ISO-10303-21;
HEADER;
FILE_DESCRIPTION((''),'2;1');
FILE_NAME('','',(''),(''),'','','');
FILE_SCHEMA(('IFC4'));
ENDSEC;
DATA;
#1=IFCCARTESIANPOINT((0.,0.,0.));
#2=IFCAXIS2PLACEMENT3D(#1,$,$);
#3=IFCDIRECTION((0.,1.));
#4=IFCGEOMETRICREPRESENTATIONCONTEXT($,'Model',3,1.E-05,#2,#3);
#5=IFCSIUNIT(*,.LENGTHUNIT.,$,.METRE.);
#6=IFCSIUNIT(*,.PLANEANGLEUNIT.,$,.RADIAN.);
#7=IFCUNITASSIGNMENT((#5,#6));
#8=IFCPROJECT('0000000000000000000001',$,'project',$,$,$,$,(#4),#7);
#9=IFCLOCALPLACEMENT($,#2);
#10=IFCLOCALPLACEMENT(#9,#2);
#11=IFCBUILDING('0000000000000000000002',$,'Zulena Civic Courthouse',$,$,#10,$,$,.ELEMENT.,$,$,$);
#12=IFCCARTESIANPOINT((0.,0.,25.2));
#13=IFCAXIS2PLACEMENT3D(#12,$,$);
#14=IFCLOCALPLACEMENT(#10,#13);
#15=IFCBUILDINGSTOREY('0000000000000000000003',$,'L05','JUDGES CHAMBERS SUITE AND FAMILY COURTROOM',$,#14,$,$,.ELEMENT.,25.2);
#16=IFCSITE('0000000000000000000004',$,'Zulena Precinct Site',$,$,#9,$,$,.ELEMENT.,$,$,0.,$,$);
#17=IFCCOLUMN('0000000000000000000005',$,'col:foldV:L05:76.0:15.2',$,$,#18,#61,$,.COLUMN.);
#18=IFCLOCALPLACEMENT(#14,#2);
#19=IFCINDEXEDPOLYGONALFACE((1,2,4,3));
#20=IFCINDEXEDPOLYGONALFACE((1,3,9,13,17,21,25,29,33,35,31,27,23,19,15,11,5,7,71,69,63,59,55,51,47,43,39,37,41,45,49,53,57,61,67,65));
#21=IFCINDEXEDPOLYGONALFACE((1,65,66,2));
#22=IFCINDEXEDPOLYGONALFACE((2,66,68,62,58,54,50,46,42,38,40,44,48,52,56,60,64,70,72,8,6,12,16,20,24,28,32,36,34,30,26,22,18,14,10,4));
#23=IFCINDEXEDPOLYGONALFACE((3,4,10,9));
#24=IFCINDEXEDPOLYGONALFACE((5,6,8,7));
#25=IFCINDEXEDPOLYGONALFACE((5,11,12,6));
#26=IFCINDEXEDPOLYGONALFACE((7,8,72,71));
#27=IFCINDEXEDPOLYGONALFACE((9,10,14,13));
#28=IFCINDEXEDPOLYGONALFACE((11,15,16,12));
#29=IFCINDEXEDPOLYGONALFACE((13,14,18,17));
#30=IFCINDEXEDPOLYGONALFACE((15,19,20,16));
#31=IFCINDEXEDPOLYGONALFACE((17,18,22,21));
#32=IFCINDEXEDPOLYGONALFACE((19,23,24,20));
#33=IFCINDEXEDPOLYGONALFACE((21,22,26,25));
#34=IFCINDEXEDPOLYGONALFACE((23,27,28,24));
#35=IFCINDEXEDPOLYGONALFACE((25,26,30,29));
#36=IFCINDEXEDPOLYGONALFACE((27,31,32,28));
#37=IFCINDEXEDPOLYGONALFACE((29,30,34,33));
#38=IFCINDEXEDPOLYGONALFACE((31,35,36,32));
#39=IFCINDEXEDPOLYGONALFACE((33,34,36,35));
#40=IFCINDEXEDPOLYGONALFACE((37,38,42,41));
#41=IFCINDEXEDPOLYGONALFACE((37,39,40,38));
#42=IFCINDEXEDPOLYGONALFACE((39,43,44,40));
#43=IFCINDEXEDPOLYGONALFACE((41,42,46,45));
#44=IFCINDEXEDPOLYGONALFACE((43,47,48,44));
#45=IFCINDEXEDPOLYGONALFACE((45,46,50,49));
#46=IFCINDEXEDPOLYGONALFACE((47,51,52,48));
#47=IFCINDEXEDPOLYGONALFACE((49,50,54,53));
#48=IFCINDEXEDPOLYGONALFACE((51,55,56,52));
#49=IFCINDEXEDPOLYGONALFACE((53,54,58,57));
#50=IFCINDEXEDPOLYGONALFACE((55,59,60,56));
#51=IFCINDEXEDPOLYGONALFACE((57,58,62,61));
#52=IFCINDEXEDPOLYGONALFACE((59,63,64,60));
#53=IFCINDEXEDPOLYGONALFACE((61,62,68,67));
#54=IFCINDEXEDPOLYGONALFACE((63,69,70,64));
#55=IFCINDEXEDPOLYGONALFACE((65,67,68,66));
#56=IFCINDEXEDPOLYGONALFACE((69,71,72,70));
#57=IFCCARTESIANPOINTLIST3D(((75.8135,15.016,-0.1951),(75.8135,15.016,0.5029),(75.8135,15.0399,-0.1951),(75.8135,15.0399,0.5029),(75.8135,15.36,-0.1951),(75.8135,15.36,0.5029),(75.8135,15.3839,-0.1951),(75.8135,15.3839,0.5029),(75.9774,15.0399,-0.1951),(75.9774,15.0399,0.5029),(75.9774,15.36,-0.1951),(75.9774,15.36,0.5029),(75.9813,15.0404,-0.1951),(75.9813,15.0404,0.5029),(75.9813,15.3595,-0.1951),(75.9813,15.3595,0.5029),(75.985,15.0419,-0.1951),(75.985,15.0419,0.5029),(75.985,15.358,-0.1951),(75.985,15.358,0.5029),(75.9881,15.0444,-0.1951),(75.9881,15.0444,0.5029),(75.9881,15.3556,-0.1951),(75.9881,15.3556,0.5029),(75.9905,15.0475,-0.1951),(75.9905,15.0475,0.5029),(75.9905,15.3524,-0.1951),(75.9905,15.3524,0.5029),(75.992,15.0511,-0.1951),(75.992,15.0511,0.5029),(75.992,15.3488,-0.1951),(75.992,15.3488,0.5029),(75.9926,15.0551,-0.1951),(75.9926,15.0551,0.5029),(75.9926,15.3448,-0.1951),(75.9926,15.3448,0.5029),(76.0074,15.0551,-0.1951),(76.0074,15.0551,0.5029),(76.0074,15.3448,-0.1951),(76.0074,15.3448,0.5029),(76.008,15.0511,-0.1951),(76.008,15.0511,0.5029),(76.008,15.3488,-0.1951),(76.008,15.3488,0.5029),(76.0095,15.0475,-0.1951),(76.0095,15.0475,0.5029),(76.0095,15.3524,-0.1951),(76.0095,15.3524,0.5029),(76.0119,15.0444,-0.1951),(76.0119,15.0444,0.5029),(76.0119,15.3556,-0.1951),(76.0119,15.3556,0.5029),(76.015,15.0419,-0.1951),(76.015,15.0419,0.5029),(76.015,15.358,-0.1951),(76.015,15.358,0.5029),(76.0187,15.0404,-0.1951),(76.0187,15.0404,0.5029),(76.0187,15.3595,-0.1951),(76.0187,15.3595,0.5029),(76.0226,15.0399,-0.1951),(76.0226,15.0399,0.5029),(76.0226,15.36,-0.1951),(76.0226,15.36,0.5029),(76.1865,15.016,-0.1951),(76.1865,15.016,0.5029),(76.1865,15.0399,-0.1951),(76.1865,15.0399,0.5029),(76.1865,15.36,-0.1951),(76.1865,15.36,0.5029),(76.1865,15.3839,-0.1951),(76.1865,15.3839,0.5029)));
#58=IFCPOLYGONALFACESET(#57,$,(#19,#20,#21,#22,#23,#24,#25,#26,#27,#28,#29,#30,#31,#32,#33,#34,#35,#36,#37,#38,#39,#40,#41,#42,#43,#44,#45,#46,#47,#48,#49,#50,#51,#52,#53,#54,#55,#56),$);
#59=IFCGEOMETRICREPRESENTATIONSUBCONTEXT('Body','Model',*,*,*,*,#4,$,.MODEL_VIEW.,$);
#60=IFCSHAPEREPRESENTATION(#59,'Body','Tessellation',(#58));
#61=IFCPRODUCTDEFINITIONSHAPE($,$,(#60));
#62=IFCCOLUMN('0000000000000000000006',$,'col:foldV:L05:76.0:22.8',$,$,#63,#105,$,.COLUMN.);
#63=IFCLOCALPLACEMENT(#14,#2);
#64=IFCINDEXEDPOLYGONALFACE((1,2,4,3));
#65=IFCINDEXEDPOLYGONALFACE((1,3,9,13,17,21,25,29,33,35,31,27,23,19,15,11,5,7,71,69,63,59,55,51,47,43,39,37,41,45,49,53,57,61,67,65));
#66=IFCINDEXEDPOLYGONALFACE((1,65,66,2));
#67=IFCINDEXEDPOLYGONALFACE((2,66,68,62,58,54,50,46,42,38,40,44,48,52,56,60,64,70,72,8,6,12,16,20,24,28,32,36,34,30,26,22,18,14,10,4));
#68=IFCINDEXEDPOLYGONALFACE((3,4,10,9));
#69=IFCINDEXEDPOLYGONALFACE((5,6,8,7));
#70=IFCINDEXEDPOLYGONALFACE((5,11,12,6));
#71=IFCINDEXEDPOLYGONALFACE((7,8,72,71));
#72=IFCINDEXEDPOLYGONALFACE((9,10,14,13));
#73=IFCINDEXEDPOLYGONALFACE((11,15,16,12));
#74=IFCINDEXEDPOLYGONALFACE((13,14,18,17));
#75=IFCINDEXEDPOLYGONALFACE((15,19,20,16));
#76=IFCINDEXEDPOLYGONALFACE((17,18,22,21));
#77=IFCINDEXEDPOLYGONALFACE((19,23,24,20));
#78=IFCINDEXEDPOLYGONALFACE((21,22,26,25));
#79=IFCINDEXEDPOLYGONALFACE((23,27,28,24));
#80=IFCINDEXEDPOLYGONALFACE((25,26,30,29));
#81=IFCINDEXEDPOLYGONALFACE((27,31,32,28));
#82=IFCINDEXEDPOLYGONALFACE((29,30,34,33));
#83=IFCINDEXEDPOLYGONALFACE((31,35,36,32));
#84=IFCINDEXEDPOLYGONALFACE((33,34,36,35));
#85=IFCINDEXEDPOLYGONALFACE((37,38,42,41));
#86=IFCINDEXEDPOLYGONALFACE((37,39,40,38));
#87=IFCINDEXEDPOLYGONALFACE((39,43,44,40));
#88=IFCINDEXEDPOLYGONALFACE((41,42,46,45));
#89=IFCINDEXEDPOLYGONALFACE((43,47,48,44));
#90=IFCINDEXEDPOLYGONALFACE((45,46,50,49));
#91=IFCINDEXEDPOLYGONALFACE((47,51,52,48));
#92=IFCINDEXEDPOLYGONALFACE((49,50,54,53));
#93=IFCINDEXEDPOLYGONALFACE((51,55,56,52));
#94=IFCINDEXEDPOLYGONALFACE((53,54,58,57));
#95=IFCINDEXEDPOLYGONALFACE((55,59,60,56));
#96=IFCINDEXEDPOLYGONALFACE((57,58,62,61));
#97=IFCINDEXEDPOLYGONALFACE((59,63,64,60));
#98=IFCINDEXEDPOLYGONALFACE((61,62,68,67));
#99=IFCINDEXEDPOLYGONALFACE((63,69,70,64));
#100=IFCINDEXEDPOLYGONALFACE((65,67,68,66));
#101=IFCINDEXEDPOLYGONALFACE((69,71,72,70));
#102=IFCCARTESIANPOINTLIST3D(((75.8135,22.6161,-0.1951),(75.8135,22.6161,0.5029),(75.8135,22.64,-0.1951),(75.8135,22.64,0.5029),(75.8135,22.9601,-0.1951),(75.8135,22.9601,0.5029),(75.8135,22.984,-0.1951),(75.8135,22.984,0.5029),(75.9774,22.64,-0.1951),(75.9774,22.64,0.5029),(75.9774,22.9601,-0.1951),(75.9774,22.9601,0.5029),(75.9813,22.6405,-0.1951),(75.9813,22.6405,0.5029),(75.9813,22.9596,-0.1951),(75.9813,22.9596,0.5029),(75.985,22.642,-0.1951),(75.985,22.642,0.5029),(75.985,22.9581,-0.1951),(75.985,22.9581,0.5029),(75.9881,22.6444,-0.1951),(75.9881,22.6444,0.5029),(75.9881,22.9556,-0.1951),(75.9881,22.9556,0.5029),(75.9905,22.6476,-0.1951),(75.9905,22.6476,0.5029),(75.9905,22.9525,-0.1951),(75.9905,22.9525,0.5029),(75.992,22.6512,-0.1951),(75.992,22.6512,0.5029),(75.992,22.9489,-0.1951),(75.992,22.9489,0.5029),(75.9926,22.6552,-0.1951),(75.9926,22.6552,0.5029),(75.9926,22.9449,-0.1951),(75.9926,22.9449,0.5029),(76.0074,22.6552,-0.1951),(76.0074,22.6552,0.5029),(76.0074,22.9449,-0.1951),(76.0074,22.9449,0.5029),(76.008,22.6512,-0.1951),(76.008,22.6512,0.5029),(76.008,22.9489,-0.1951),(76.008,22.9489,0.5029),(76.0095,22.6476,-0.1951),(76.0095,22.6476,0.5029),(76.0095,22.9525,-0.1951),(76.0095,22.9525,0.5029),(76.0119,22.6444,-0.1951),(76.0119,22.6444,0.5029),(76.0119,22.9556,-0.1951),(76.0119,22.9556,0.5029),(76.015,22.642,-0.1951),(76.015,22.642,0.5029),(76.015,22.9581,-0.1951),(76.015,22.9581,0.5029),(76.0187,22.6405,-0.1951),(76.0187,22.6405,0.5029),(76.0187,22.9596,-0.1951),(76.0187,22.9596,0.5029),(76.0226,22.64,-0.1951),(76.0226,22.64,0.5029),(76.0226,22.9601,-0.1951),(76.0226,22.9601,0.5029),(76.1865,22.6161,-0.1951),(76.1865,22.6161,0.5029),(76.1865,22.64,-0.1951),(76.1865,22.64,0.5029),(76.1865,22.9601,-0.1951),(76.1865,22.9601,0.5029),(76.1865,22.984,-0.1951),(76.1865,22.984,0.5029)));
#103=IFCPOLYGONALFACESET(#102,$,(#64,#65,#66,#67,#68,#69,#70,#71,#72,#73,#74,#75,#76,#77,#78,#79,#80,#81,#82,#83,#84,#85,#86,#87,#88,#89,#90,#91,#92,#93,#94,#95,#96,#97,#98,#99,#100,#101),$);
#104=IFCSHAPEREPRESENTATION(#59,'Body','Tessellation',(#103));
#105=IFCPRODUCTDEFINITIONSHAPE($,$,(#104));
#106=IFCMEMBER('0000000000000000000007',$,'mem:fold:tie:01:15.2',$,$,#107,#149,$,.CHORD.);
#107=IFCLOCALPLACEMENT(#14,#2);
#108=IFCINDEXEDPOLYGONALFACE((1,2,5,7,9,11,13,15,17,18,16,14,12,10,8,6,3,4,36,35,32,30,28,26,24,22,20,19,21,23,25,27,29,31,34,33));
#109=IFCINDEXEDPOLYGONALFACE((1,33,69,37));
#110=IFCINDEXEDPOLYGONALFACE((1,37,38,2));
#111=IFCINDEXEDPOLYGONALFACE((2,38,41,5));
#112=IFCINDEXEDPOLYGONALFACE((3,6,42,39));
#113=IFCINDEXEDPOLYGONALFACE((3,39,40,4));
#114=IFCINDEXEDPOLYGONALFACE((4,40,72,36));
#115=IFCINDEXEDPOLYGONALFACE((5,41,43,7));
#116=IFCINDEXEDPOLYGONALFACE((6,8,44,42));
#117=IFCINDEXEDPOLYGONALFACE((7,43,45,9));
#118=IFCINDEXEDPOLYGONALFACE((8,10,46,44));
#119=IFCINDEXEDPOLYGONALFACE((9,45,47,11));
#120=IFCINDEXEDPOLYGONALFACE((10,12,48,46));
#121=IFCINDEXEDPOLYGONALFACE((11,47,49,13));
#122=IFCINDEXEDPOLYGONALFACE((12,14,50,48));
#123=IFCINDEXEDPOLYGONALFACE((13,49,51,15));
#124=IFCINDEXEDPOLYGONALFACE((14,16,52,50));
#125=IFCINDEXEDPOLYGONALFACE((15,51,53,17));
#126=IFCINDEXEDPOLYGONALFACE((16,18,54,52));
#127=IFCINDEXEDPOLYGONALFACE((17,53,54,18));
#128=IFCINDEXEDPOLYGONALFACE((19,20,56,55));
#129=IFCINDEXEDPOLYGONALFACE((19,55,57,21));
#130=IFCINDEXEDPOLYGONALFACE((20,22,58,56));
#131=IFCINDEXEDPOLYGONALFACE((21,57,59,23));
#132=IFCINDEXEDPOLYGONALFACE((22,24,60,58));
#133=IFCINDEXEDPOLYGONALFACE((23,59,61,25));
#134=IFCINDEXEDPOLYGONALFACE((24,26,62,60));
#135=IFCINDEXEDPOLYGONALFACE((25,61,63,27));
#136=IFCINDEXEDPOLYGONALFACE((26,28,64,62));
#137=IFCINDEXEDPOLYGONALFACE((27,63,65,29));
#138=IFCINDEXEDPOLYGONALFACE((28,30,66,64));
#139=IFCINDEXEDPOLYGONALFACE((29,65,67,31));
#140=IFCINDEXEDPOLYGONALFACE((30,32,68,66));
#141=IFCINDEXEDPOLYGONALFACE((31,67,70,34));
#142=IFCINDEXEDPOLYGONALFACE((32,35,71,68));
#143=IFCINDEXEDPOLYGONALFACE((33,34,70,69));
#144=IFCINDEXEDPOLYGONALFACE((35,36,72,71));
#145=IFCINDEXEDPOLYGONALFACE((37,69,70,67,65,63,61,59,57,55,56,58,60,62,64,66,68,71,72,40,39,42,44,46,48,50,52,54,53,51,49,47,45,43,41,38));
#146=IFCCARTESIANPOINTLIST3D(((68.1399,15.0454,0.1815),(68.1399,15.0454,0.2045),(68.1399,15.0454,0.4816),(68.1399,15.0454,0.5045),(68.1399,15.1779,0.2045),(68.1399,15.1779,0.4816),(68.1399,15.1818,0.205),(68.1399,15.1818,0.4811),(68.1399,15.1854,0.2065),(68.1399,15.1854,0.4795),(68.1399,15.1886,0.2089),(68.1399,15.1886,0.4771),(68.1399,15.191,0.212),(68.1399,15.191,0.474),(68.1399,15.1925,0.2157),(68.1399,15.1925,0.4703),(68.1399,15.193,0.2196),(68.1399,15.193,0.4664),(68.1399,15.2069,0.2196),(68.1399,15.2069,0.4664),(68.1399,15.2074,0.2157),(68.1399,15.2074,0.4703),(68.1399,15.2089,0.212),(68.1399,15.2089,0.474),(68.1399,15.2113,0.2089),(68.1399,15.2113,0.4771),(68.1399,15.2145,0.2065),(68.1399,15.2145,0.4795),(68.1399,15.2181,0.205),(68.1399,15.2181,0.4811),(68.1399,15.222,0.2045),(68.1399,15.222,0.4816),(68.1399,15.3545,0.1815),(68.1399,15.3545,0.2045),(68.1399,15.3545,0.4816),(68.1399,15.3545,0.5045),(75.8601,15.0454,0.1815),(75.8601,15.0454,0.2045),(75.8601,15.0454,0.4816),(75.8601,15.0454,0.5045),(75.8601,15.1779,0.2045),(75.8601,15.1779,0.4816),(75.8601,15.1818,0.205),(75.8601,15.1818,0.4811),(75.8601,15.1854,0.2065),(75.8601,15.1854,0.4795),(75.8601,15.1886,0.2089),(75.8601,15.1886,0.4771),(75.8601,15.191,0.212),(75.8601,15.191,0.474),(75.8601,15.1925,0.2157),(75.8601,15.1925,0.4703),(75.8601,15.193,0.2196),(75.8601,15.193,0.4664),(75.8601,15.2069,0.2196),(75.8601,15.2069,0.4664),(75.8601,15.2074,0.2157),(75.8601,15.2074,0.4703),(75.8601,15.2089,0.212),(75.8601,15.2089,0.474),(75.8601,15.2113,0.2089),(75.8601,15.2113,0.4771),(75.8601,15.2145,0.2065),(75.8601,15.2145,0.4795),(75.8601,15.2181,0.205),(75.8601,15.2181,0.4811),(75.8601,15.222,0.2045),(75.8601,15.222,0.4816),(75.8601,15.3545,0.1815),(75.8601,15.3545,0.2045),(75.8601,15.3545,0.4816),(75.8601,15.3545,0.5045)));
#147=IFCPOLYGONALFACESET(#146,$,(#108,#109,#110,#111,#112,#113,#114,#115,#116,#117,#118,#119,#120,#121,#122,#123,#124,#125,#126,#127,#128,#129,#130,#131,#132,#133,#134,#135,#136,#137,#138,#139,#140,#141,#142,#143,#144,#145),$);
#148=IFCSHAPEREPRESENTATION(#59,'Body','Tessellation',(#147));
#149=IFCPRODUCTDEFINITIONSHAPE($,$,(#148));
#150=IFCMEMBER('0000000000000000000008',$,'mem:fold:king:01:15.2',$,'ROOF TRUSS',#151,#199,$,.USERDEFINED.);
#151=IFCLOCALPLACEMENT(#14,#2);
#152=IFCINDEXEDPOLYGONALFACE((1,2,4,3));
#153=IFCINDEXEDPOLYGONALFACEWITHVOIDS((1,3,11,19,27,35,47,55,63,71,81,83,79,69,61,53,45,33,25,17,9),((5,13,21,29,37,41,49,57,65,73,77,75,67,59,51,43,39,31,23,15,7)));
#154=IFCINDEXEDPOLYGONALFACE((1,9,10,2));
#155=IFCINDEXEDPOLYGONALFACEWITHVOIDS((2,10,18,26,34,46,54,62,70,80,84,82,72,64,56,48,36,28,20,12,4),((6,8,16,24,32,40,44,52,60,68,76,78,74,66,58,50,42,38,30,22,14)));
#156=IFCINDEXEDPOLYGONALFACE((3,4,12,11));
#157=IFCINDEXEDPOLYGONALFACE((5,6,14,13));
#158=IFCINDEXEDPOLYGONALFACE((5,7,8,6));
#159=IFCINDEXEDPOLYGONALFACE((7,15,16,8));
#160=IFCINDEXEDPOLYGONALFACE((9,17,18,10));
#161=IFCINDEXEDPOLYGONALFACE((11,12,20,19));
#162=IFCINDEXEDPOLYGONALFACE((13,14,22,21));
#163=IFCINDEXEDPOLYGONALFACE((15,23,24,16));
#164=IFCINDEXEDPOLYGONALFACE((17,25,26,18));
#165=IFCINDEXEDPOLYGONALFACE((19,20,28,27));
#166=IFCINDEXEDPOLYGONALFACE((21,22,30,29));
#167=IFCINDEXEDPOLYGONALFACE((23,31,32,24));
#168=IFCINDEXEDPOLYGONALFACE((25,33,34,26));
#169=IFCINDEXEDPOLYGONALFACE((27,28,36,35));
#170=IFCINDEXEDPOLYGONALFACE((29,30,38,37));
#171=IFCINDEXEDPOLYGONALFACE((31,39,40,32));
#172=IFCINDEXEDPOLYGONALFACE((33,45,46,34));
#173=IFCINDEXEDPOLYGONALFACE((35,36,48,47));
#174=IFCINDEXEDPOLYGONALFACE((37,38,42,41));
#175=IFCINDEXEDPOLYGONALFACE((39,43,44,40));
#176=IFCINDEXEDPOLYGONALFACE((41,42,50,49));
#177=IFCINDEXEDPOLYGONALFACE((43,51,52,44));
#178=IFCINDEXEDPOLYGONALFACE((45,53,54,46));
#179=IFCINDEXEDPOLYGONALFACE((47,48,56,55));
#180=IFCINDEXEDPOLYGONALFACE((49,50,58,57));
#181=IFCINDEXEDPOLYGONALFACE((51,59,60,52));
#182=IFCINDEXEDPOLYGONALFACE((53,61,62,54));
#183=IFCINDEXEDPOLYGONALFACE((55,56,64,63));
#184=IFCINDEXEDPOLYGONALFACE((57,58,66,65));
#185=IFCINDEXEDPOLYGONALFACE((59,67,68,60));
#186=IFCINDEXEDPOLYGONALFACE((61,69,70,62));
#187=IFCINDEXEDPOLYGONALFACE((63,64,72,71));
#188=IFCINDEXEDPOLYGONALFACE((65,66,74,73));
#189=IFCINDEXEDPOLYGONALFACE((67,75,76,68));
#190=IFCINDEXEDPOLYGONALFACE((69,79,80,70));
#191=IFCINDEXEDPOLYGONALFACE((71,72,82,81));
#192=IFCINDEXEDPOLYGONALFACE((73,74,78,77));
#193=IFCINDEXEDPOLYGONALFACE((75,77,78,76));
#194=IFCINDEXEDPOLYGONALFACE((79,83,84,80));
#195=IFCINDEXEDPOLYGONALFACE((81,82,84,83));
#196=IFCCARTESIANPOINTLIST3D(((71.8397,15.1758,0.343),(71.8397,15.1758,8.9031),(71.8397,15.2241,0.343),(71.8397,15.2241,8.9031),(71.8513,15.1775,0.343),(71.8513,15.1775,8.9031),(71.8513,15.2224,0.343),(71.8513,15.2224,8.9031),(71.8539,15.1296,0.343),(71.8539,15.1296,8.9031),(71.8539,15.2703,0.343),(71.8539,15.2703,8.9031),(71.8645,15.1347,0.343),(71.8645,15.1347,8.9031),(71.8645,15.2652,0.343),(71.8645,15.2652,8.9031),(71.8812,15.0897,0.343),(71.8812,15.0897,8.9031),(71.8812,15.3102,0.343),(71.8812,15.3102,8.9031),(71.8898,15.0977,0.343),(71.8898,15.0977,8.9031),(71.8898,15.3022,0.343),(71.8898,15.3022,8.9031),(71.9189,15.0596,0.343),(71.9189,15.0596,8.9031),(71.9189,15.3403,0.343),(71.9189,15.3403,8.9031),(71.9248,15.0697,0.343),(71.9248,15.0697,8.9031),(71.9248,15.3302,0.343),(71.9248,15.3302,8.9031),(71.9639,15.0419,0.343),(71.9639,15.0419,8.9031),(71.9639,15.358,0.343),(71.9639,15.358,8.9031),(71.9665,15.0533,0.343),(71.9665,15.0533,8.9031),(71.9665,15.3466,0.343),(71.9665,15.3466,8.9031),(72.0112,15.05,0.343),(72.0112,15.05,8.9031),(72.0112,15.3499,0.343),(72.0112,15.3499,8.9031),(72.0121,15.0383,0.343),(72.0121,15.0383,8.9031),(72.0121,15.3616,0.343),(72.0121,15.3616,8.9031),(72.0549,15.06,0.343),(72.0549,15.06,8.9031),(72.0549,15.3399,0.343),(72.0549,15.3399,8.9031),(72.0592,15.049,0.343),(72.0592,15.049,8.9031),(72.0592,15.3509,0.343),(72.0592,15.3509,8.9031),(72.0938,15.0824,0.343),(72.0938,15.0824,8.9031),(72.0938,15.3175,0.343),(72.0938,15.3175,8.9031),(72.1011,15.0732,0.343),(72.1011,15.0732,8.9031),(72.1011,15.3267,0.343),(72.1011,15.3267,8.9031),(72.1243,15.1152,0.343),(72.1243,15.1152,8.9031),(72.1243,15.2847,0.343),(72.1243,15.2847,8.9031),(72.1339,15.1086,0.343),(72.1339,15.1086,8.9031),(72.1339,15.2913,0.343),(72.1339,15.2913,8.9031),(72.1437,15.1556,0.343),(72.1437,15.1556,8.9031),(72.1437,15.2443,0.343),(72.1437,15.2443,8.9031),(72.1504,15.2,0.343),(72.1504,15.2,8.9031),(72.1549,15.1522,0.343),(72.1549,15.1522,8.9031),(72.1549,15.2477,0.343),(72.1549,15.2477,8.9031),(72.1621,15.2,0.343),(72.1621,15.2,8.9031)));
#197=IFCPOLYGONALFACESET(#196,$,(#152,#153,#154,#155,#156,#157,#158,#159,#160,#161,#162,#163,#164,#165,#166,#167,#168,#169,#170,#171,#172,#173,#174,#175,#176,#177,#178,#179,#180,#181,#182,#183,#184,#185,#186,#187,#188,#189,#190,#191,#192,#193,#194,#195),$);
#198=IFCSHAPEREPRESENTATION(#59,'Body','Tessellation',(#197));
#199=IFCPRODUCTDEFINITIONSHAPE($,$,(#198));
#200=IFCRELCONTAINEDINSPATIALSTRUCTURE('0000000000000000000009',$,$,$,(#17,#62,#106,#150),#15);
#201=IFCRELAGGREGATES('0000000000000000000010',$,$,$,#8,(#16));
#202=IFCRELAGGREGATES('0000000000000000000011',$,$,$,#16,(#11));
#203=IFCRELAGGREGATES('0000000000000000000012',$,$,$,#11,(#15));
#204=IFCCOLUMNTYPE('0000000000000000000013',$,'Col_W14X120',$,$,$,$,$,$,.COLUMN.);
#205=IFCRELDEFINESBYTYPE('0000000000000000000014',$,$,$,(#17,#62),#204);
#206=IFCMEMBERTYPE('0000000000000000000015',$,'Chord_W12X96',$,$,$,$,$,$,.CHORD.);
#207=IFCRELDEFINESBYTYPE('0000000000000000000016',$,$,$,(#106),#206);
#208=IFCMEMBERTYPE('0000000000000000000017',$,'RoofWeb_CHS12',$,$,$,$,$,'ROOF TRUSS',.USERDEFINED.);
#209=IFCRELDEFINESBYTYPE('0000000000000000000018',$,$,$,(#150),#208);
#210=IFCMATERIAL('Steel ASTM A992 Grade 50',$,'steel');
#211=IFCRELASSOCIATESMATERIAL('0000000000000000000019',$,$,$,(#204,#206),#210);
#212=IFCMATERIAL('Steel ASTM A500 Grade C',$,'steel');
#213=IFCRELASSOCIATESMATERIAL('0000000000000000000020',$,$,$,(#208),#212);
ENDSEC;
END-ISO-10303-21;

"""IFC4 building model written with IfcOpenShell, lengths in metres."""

from ifc_helpers import new_model, si_unit, direction, frame, origin, origin_2d, place, context, subcontext, project, spatial, hollow_circle, i_section, extrude, material, material_profile, profile_set, type_object, element, save


model = new_model("IFC4")

# Units and contexts
model_context = context("Model", 3, precision=1e-05, world=origin(), true_north=direction((0.0, 1.0)))
body_context = subcontext(model_context, "Body", "Model", "MODEL_VIEW")
ifc_project = project(units=[si_unit("LENGTHUNIT", "METRE"), si_unit("PLANEANGLEUNIT", "RADIAN")], contexts=[model_context])

# Site, building, storey
site_placement = place(None, origin())
site = spatial("IfcSite", under=ifc_project, at=site_placement, Name="Zulena Precinct Site", CompositionType="ELEMENT", RefElevation=0.0)
building_placement = place(site_placement, origin())
building = spatial("IfcBuilding", under=site, at=building_placement, Name="Zulena Civic Courthouse", CompositionType="ELEMENT")
storey_placement = place(building_placement, frame((0.0, 0.0, 25.2)))
storey = spatial("IfcBuildingStorey", under=building, at=storey_placement, Name="L05", Description="JUDGES CHAMBERS SUITE AND FAMILY COURTROOM", CompositionType="ELEMENT", Elevation=25.2)

# Columns
ifc_material_1 = material(Name="Steel ASTM A992 Grade 50", Category="steel")
ifc_material_profile_1 = material_profile(ifc_material_1, i_section(OverallWidth=0.373, OverallDepth=0.3679, WebThickness=0.0149, FlangeThickness=0.0239, FilletRadius=0.0151, at=origin_2d()), Name="W14X120")
ifc_profile_set_1 = profile_set([ifc_material_profile_1], Name="Steel ASTM A992 Grade 50")
column_type = type_object("IfcColumnType", Name="Col_W14X120", PredefinedType="COLUMN", material=ifc_profile_set_1)
for number, where, z_axis, x_axis, name in (
    (1, (76.0, 15.2, -0.1951), (0.0, 0.0, 1.0), (1.0, 0.0, 0.0), "col:foldV:L05:76.0:15.2"),
    (2, (76.0, 22.8, -0.1951), (0.0, 0.0, 1.0), (1.0, 0.0, 0.0), "col:foldV:L05:76.0:22.8"),
):
    element("IfcColumn", number, at=place(storey_placement, frame(where, z_axis=z_axis, x_axis=x_axis)), inside=storey, type_object=column_type, Name=name, PredefinedType="COLUMN", context=body_context, shape_type="SweptSolid", body=[
        extrude(i_section(OverallWidth=0.373, OverallDepth=0.3679, WebThickness=0.0149, FlangeThickness=0.0239, FilletRadius=0.0151, at=origin_2d()), origin(), (0.0, 0.0, 1.0), 0.698),
    ])

# Members
ifc_material_profile_2 = material_profile(ifc_material_1, i_section(OverallWidth=0.3091, OverallDepth=0.323, WebThickness=0.0139, FlangeThickness=0.0229, FilletRadius=0.0151, at=origin_2d()), Name="W12X96")
ifc_profile_set_2 = profile_set([ifc_material_profile_2], Name="Steel ASTM A992 Grade 50")
member_type_1 = type_object("IfcMemberType", Name="Chord_W12X96", PredefinedType="CHORD", material=ifc_profile_set_2)
member_1_placement = place(storey_placement, frame((68.1399, 15.2, 0.343), z_axis=(1.0, 0.0, 0.0), x_axis=(0.0, 1.0, 0.0)))
element("IfcMember", 3, at=member_1_placement, inside=storey, type_object=member_type_1, Name="mem:fold:tie:01:15.2", PredefinedType="CHORD", context=body_context, shape_type="SweptSolid", body=[
    extrude(i_section(OverallWidth=0.3091, OverallDepth=0.323, WebThickness=0.0139, FlangeThickness=0.0229, FilletRadius=0.0151, at=origin_2d()), origin(), (0.0, 0.0, 1.0), 7.7202),
])
ifc_material_2 = material(Name="Steel ASTM A500 Grade C", Category="steel")
ifc_material_profile_3 = material_profile(ifc_material_2, hollow_circle(Radius=0.1621, WallThickness=0.0117, at=origin_2d()), Name="HSS12.750X0.500")
ifc_profile_set_3 = profile_set([ifc_material_profile_3], Name="Steel ASTM A500 Grade C")
member_type_2 = type_object("IfcMemberType", Name="RoofWeb_CHS12", ElementType="ROOF TRUSS", PredefinedType="USERDEFINED", material=ifc_profile_set_3)
member_2_placement = place(storey_placement, frame((72.0, 15.2, 0.343), z_axis=(0.0, 0.0, 1.0), x_axis=(1.0, 0.0, 0.0)))
element("IfcMember", 4, at=member_2_placement, inside=storey, type_object=member_type_2, Name="mem:fold:king:01:15.2", ObjectType="ROOF TRUSS", PredefinedType="USERDEFINED", context=body_context, shape_type="SweptSolid", body=[
    extrude(hollow_circle(Radius=0.1621, WallThickness=0.0117, at=origin_2d()), origin(), (0.0, 0.0, 1.0), 8.5601),
])

save(model, "model.ifc")
